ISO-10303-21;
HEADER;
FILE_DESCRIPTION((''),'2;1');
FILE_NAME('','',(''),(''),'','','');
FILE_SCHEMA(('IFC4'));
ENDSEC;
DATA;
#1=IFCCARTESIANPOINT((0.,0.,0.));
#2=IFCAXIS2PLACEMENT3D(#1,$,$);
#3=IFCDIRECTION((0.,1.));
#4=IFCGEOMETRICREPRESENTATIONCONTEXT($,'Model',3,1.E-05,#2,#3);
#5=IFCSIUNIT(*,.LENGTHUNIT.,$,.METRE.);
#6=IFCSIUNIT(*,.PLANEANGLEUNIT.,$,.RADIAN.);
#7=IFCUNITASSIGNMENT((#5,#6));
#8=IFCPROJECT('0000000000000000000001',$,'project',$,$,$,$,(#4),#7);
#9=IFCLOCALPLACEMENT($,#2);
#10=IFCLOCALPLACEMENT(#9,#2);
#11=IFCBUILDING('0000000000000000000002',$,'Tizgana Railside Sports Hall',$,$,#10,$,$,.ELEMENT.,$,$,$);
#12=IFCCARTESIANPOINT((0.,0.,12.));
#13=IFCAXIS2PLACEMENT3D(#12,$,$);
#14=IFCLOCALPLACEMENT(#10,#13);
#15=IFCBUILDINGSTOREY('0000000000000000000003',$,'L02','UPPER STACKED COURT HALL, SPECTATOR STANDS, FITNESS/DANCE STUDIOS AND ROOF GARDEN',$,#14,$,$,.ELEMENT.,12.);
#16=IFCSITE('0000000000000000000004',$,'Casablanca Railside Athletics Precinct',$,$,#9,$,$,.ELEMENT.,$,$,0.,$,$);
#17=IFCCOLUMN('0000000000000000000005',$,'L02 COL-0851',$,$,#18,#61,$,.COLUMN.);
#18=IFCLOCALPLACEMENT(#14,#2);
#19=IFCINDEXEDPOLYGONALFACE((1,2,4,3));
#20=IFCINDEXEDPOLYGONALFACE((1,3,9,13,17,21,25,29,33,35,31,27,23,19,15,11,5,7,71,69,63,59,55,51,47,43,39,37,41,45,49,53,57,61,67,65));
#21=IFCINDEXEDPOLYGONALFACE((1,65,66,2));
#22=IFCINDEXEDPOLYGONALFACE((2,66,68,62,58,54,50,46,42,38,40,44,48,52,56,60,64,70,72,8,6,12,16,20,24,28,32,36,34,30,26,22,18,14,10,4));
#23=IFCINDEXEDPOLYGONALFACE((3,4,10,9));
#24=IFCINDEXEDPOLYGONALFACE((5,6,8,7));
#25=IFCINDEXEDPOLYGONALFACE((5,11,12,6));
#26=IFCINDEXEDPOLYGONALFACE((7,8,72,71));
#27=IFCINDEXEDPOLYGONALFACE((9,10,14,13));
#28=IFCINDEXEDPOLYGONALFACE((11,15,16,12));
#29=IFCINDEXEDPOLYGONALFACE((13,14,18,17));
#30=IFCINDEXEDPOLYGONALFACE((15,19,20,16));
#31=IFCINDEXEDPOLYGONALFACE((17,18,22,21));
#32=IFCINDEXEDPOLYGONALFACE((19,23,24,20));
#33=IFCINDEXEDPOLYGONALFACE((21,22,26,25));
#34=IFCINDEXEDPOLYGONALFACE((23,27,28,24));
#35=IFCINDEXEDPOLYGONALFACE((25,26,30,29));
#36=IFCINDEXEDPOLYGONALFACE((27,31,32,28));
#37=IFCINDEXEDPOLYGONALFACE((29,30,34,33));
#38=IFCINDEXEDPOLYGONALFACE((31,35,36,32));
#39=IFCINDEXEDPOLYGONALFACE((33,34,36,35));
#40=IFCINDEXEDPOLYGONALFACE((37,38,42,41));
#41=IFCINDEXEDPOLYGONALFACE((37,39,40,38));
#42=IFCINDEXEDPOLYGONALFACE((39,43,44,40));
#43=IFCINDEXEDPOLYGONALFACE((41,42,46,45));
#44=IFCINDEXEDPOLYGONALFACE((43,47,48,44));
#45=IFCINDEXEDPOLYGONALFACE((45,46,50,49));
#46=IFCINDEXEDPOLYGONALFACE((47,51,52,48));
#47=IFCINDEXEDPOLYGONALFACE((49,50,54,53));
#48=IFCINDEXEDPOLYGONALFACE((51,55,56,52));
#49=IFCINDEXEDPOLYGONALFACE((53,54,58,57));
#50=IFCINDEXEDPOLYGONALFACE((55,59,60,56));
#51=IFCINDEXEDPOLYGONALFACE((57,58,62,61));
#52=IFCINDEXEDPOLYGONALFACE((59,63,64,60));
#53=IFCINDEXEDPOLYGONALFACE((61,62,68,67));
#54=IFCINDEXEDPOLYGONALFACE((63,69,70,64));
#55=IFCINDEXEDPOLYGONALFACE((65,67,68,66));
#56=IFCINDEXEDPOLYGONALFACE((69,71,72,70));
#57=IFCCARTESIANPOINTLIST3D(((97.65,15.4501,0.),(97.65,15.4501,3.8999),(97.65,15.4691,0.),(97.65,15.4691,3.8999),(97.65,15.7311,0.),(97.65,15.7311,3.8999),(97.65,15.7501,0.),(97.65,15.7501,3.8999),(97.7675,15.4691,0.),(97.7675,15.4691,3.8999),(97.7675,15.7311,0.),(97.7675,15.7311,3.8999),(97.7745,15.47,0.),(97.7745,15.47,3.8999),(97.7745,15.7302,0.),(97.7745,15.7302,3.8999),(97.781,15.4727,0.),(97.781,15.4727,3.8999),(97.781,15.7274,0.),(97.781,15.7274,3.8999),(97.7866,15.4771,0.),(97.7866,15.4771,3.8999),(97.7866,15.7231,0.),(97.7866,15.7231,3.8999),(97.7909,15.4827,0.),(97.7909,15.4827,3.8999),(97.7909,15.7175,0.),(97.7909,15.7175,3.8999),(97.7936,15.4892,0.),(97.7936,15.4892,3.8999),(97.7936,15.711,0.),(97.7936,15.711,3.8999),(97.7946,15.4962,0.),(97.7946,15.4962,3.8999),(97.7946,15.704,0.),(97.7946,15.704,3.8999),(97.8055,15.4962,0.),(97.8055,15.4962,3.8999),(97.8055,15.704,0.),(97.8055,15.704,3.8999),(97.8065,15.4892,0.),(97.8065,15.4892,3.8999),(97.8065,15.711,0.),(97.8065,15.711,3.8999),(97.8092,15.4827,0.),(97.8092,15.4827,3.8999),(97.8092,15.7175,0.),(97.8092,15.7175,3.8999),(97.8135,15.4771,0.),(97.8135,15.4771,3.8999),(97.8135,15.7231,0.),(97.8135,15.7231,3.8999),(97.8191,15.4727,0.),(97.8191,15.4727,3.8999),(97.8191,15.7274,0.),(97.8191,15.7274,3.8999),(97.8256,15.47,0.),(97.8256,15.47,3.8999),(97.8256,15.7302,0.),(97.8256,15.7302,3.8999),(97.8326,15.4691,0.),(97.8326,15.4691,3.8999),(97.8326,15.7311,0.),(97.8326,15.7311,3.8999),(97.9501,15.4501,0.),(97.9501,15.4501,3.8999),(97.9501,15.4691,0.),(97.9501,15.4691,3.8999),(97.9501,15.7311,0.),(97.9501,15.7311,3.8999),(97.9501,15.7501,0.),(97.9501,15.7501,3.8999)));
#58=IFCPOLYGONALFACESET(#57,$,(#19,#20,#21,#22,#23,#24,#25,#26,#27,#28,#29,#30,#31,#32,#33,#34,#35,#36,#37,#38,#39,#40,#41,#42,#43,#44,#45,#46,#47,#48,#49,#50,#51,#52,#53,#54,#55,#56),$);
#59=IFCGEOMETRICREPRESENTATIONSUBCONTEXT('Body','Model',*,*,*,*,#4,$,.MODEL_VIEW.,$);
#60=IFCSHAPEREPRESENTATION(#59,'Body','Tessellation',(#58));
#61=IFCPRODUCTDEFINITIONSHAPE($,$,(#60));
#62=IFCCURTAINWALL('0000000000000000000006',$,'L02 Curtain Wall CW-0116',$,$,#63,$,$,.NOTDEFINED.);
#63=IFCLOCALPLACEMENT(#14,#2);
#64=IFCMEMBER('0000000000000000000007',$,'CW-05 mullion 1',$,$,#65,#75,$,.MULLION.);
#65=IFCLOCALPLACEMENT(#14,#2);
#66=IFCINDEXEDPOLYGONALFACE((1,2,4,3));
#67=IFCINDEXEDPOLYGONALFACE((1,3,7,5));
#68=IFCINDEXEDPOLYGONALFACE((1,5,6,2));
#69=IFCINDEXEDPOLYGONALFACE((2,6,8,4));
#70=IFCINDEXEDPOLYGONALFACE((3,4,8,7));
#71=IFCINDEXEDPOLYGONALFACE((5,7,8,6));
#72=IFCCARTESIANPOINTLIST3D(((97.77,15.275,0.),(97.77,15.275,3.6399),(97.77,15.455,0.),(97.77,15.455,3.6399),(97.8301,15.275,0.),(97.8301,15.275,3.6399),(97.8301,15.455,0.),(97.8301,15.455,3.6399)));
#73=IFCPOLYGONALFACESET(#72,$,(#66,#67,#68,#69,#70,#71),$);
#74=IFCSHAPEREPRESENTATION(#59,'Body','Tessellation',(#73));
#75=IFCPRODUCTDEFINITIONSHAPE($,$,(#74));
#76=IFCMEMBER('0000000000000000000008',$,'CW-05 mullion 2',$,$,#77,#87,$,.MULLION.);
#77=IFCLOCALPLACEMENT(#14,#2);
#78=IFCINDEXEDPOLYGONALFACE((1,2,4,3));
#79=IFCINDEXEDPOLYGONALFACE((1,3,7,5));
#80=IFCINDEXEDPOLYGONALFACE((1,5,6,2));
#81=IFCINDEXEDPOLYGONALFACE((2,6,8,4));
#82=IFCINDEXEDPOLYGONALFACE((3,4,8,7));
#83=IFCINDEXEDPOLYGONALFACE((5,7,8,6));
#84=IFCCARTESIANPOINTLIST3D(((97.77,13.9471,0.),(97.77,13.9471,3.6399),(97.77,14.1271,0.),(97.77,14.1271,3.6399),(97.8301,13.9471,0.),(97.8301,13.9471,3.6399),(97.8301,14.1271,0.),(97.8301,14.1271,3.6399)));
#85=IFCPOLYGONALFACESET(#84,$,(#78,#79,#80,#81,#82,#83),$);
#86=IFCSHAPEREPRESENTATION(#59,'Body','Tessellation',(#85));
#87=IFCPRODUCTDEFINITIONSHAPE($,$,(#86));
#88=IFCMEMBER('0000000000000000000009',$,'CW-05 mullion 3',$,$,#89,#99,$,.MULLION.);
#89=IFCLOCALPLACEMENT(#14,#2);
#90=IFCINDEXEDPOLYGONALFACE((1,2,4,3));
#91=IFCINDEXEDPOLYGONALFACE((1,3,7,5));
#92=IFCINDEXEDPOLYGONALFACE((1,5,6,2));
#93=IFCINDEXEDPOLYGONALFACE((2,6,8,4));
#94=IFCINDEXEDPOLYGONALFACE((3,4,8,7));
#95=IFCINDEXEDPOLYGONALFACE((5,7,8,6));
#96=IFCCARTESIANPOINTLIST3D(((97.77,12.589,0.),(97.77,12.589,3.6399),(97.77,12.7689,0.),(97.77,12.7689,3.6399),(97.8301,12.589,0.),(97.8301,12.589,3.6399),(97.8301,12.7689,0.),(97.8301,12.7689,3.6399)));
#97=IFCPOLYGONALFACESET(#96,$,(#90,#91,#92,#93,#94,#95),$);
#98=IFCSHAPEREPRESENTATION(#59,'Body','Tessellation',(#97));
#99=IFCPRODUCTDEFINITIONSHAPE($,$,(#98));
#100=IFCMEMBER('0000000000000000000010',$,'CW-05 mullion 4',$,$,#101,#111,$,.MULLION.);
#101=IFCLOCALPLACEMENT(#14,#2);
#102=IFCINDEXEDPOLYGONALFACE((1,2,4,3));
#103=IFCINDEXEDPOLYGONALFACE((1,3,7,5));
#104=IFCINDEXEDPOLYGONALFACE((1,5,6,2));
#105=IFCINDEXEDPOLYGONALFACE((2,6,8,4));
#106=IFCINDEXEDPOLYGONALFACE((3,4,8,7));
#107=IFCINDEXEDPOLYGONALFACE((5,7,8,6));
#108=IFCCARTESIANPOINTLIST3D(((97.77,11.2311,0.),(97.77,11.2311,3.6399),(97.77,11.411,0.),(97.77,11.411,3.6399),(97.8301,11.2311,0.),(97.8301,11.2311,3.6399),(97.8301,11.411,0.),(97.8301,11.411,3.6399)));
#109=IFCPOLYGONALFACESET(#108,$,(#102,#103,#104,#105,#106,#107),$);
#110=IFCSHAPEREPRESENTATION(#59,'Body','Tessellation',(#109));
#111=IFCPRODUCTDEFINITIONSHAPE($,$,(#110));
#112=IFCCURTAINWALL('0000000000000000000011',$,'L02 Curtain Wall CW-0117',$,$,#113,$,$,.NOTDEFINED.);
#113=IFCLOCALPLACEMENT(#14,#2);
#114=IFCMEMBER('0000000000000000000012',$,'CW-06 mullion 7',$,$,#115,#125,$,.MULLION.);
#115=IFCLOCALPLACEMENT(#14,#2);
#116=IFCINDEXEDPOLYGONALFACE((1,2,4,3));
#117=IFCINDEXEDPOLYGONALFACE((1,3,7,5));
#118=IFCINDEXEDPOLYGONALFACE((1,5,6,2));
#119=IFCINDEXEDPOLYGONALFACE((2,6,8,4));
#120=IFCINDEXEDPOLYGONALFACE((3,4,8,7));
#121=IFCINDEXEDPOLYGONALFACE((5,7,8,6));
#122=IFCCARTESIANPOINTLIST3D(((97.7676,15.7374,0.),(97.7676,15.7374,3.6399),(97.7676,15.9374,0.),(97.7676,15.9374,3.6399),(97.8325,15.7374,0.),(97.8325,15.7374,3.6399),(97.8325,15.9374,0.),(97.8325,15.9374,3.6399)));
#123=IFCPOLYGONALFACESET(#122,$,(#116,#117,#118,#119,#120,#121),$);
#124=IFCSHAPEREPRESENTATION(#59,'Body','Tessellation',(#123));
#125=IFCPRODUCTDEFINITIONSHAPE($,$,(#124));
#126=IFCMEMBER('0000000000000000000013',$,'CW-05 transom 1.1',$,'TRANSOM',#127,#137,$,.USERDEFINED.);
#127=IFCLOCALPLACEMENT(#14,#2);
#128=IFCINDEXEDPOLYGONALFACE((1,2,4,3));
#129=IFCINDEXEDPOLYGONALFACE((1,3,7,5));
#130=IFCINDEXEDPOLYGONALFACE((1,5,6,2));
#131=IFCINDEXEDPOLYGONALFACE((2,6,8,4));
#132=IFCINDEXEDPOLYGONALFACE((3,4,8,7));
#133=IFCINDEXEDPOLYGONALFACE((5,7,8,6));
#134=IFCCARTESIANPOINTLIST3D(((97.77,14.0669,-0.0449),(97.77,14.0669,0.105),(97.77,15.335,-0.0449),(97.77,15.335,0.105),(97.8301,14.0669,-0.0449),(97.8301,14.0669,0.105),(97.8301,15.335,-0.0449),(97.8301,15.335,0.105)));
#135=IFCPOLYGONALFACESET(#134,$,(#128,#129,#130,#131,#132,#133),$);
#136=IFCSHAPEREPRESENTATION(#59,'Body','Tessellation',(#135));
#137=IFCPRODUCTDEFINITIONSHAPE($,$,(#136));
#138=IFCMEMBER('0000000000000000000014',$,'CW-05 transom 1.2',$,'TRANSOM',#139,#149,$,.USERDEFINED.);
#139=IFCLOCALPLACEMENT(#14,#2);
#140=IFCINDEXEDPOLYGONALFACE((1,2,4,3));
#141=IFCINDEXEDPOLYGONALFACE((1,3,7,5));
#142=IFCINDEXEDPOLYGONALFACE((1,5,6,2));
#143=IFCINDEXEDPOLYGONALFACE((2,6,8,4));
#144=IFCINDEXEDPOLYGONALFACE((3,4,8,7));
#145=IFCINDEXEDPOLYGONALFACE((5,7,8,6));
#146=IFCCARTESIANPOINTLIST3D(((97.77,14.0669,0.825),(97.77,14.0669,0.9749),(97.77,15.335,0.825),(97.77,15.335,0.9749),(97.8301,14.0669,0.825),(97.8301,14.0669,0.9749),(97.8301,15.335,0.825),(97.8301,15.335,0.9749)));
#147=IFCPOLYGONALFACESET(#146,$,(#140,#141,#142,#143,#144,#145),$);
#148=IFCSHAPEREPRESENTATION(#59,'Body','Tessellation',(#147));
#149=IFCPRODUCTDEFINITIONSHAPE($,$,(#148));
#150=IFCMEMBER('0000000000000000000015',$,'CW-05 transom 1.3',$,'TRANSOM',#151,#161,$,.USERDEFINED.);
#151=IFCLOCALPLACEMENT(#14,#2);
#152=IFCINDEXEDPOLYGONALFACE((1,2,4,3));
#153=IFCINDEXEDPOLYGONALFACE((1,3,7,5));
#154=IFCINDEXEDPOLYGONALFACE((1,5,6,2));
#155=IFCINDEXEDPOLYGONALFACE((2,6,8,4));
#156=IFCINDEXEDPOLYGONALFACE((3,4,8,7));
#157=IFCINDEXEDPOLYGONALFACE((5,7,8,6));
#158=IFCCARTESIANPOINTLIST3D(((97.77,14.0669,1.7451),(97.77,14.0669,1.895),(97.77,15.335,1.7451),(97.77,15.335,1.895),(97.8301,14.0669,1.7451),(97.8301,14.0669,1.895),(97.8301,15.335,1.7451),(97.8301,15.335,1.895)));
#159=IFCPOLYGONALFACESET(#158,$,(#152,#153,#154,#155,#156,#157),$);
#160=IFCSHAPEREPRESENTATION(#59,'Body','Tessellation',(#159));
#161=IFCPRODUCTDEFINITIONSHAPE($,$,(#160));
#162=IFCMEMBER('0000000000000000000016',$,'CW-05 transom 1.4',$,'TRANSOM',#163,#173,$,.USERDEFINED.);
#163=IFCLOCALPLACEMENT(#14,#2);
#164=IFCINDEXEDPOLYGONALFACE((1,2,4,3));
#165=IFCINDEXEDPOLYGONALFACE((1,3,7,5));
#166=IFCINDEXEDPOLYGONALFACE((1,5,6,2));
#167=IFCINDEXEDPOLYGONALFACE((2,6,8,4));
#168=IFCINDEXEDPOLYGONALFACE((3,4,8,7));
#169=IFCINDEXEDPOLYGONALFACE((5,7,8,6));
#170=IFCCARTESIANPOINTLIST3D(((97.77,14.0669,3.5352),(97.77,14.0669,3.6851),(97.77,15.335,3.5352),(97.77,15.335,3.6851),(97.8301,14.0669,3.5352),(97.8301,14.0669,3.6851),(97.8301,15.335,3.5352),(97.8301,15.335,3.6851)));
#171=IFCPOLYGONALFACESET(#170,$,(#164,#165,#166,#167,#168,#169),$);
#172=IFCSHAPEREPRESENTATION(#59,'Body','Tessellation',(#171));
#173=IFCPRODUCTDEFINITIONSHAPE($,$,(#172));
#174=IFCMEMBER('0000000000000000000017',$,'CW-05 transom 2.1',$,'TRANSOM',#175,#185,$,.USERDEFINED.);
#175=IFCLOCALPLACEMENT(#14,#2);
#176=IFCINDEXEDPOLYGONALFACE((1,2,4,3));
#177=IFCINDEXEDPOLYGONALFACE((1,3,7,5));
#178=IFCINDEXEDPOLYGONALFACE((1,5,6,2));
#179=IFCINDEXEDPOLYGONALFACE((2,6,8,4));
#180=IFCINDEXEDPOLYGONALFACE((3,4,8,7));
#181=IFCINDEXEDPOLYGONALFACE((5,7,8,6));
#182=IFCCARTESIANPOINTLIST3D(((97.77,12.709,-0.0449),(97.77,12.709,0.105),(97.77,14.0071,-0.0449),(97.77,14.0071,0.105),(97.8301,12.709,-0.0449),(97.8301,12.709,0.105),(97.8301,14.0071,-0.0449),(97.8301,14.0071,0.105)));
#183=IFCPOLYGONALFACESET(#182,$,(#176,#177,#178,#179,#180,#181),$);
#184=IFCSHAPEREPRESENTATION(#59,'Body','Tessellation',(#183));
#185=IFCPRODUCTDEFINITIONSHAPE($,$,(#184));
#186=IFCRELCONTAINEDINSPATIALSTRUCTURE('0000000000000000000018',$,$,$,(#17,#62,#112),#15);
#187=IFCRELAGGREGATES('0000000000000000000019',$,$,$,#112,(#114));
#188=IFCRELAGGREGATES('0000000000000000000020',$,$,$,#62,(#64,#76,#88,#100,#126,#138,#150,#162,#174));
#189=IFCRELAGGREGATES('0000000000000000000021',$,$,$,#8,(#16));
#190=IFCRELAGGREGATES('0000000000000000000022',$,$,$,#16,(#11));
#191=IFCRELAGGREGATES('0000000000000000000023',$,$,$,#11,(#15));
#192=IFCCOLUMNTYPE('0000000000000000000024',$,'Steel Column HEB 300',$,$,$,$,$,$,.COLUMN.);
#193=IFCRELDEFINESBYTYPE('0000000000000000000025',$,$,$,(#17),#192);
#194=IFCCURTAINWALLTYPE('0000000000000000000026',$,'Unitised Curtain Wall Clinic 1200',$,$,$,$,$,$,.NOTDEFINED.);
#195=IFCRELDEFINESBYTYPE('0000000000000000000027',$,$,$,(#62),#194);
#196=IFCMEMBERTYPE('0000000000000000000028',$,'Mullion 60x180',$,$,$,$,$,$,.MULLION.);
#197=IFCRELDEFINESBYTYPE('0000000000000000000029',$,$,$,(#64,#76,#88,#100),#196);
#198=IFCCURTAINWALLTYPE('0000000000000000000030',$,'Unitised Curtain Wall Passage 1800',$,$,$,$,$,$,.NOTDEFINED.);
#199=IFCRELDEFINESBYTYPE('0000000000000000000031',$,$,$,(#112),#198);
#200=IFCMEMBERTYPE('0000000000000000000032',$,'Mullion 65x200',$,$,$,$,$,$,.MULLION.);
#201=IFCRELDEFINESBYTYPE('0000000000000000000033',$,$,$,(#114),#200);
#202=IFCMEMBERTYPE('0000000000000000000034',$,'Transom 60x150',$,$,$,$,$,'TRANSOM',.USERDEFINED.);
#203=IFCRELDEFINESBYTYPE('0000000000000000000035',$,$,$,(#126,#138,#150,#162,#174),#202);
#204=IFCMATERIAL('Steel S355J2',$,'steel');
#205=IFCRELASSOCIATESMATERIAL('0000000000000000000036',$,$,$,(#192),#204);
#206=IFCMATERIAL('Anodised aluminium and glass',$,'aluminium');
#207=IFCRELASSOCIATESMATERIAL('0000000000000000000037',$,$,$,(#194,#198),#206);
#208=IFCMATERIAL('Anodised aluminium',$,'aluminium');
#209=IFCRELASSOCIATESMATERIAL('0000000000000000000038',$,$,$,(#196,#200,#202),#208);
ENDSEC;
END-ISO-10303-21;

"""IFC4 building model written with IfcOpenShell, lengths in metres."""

from ifc_helpers import new_model, si_unit, direction, frame, origin, origin_2d, place, context, subcontext, project, spatial, rectangle, i_section, extrude, material, material_profile, profile_set, type_object, element, aggregate, save


model = new_model("IFC4")

# Units and contexts
model_context = context("Model", 3, precision=1e-05, world=origin(), true_north=direction((0.0, 1.0)))
body_context = subcontext(model_context, "Body", "Model", "MODEL_VIEW")
ifc_project = project(units=[si_unit("LENGTHUNIT", "METRE"), si_unit("PLANEANGLEUNIT", "RADIAN")], contexts=[model_context])

# Site, building, storey
site_placement = place(None, origin())
site = spatial("IfcSite", under=ifc_project, at=site_placement, Name="Casablanca Railside Athletics Precinct", CompositionType="ELEMENT", RefElevation=0.0)
building_placement = place(site_placement, origin())
building = spatial("IfcBuilding", under=site, at=building_placement, Name="Tizgana Railside Sports Hall", CompositionType="ELEMENT")
storey_placement = place(building_placement, frame((0.0, 0.0, 12.0)))
storey = spatial("IfcBuildingStorey", under=building, at=storey_placement, Name="L02", Description="UPPER STACKED COURT HALL, SPECTATOR STANDS, FITNESS/DANCE STUDIOS AND ROOF GARDEN", CompositionType="ELEMENT", Elevation=12.0)

# Column
ifc_material_1 = material(Name="Steel S355J2", Category="steel")
ifc_material_profile_1 = material_profile(ifc_material_1, i_section(OverallWidth=0.3, OverallDepth=0.3, WebThickness=0.011, FlangeThickness=0.019, FilletRadius=0.0271, at=origin_2d()), Name="HEB 300")
ifc_profile_set_1 = profile_set([ifc_material_profile_1], Name="Steel S355J2")
column_type = type_object("IfcColumnType", Name="Steel Column HEB 300", PredefinedType="COLUMN", material=ifc_profile_set_1)
column_placement = place(storey_placement, frame((97.8, 15.6001, 0.0), z_axis=(0.0, 0.0, 1.0), x_axis=(1.0, 0.0, 0.0)))
element("IfcColumn", 1, at=column_placement, inside=storey, type_object=column_type, Name="L02 COL-0851", PredefinedType="COLUMN", context=body_context, shape_type="SweptSolid", body=[
    extrude(i_section(OverallWidth=0.3, OverallDepth=0.3, WebThickness=0.011, FlangeThickness=0.019, FilletRadius=0.0271, at=origin_2d()), origin(), (0.0, 0.0, 1.0), 3.8999),
])

# Curtain wall, members
ifc_material_2 = material(Name="Anodised aluminium and glass", Category="aluminium")
curtain_wall_type_1 = type_object("IfcCurtainWallType", Name="Unitised Curtain Wall Clinic 1200", PredefinedType="NOTDEFINED", material=ifc_material_2)
curtain_wall_1_placement = place(storey_placement, origin())
curtain_wall_1 = element("IfcCurtainWall", 2, at=curtain_wall_1_placement, inside=storey, type_object=curtain_wall_type_1, Name="L02 Curtain Wall CW-0116", PredefinedType="NOTDEFINED")
ifc_material_3 = material(Name="Anodised aluminium", Category="aluminium")
ifc_material_profile_2 = material_profile(ifc_material_3, rectangle(XDim=0.0601, YDim=0.1799, at=origin_2d()), Name="Mullion 60x180")
ifc_profile_set_2 = profile_set([ifc_material_profile_2], Name="Anodised aluminium")
member_type_1 = type_object("IfcMemberType", Name="Mullion 60x180", PredefinedType="MULLION", material=ifc_profile_set_2)
member_1_placement = place(storey_placement, frame((97.8, 15.365, 0.0), z_axis=(0.0, 0.0, 1.0), x_axis=(1.0, 0.0, 0.0)))
member_1 = element("IfcMember", 3, at=member_1_placement, type_object=member_type_1, Name="CW-05 mullion 1", PredefinedType="MULLION", context=body_context, shape_type="SweptSolid", body=[
    extrude(rectangle(XDim=0.0601, YDim=0.1799, at=origin_2d()), origin(), (0.0, 0.0, 1.0), 3.6399),
])
member_2_placement = place(storey_placement, frame((97.8, 14.0371, 0.0), z_axis=(0.0, 0.0, 1.0), x_axis=(1.0, 0.0, 0.0)))
member_2 = element("IfcMember", 4, at=member_2_placement, type_object=member_type_1, Name="CW-05 mullion 2", PredefinedType="MULLION", context=body_context, shape_type="SweptSolid", body=[
    extrude(rectangle(XDim=0.0601, YDim=0.1799, at=origin_2d()), origin(), (0.0, 0.0, 1.0), 3.6399),
])
member_3_placement = place(storey_placement, frame((97.8, 12.679, 0.0), z_axis=(0.0, 0.0, 1.0), x_axis=(1.0, 0.0, 0.0)))
member_3 = element("IfcMember", 5, at=member_3_placement, type_object=member_type_1, Name="CW-05 mullion 3", PredefinedType="MULLION", context=body_context, shape_type="SweptSolid", body=[
    extrude(rectangle(XDim=0.0601, YDim=0.1799, at=origin_2d()), origin(), (0.0, 0.0, 1.0), 3.6399),
])
member_4_placement = place(storey_placement, frame((97.8, 11.321, 0.0), z_axis=(0.0, 0.0, 1.0), x_axis=(1.0, 0.0, 0.0)))
member_4 = element("IfcMember", 6, at=member_4_placement, type_object=member_type_1, Name="CW-05 mullion 4", PredefinedType="MULLION", context=body_context, shape_type="SweptSolid", body=[
    extrude(rectangle(XDim=0.0601, YDim=0.1799, at=origin_2d()), origin(), (0.0, 0.0, 1.0), 3.6399),
])

# Curtain wall, member
curtain_wall_type_2 = type_object("IfcCurtainWallType", Name="Unitised Curtain Wall Passage 1800", PredefinedType="NOTDEFINED", material=ifc_material_2)
curtain_wall_2_placement = place(storey_placement, origin())
curtain_wall_2 = element("IfcCurtainWall", 7, at=curtain_wall_2_placement, inside=storey, type_object=curtain_wall_type_2, Name="L02 Curtain Wall CW-0117", PredefinedType="NOTDEFINED")
ifc_material_profile_3 = material_profile(ifc_material_3, rectangle(XDim=0.0649, YDim=0.2, at=origin_2d()), Name="Mullion 65x200")
ifc_profile_set_3 = profile_set([ifc_material_profile_3], Name="Anodised aluminium")
member_type_2 = type_object("IfcMemberType", Name="Mullion 65x200", PredefinedType="MULLION", material=ifc_profile_set_3)
member_5_placement = place(storey_placement, frame((97.8, 15.8374, 0.0), z_axis=(0.0, 0.0, 1.0), x_axis=(1.0, 0.0, 0.0)))
member_5 = element("IfcMember", 8, at=member_5_placement, type_object=member_type_2, Name="CW-06 mullion 7", PredefinedType="MULLION", context=body_context, shape_type="SweptSolid", body=[
    extrude(rectangle(XDim=0.0649, YDim=0.2, at=origin_2d()), origin(), (0.0, 0.0, 1.0), 3.6399),
])

# Members
ifc_material_profile_4 = material_profile(ifc_material_3, rectangle(XDim=0.0601, YDim=0.1499, at=origin_2d()), Name="Transom 60x150")
ifc_profile_set_4 = profile_set([ifc_material_profile_4], Name="Anodised aluminium")
member_type_3 = type_object("IfcMemberType", Name="Transom 60x150", ElementType="TRANSOM", PredefinedType="USERDEFINED", material=ifc_profile_set_4)
member_6_placement = place(storey_placement, frame((97.8, 15.335, 0.03), z_axis=(0.0, -1.0, 0.0), x_axis=(1.0, 0.0, 0.0)))
member_6 = element("IfcMember", 9, at=member_6_placement, type_object=member_type_3, Name="CW-05 transom 1.1", ObjectType="TRANSOM", PredefinedType="USERDEFINED", context=body_context, shape_type="SweptSolid", body=[
    extrude(rectangle(XDim=0.0601, YDim=0.1499, at=origin_2d()), origin(), (0.0, 0.0, 1.0), 1.2681),
])
member_7_placement = place(storey_placement, frame((97.8, 15.335, 0.8999), z_axis=(0.0, -1.0, 0.0), x_axis=(1.0, 0.0, 0.0)))
member_7 = element("IfcMember", 10, at=member_7_placement, type_object=member_type_3, Name="CW-05 transom 1.2", ObjectType="TRANSOM", PredefinedType="USERDEFINED", context=body_context, shape_type="SweptSolid", body=[
    extrude(rectangle(XDim=0.0601, YDim=0.1499, at=origin_2d()), origin(), (0.0, 0.0, 1.0), 1.2681),
])
member_8_placement = place(storey_placement, frame((97.8, 15.335, 1.8201), z_axis=(0.0, -1.0, 0.0), x_axis=(1.0, 0.0, 0.0)))
member_8 = element("IfcMember", 11, at=member_8_placement, type_object=member_type_3, Name="CW-05 transom 1.3", ObjectType="TRANSOM", PredefinedType="USERDEFINED", context=body_context, shape_type="SweptSolid", body=[
    extrude(rectangle(XDim=0.0601, YDim=0.1499, at=origin_2d()), origin(), (0.0, 0.0, 1.0), 1.2681),
])
member_9_placement = place(storey_placement, frame((97.8, 15.335, 3.6101), z_axis=(0.0, -1.0, 0.0), x_axis=(1.0, 0.0, 0.0)))
member_9 = element("IfcMember", 12, at=member_9_placement, type_object=member_type_3, Name="CW-05 transom 1.4", ObjectType="TRANSOM", PredefinedType="USERDEFINED", context=body_context, shape_type="SweptSolid", body=[
    extrude(rectangle(XDim=0.0601, YDim=0.1499, at=origin_2d()), origin(), (0.0, 0.0, 1.0), 1.2681),
])
member_10_placement = place(storey_placement, frame((97.8, 14.0071, 0.03), z_axis=(0.0, -1.0, 0.0), x_axis=(1.0, 0.0, 0.0)))
member_10 = element("IfcMember", 13, at=member_10_placement, type_object=member_type_3, Name="CW-05 transom 2.1", ObjectType="TRANSOM", PredefinedType="USERDEFINED", context=body_context, shape_type="SweptSolid", body=[
    extrude(rectangle(XDim=0.0601, YDim=0.1499, at=origin_2d()), origin(), (0.0, 0.0, 1.0), 1.2981),
])

aggregate(curtain_wall_2, [member_5])
aggregate(curtain_wall_1, [member_1, member_2, member_3, member_4, member_6, member_7, member_8, member_9, member_10])

save(model, "model.ifc")
